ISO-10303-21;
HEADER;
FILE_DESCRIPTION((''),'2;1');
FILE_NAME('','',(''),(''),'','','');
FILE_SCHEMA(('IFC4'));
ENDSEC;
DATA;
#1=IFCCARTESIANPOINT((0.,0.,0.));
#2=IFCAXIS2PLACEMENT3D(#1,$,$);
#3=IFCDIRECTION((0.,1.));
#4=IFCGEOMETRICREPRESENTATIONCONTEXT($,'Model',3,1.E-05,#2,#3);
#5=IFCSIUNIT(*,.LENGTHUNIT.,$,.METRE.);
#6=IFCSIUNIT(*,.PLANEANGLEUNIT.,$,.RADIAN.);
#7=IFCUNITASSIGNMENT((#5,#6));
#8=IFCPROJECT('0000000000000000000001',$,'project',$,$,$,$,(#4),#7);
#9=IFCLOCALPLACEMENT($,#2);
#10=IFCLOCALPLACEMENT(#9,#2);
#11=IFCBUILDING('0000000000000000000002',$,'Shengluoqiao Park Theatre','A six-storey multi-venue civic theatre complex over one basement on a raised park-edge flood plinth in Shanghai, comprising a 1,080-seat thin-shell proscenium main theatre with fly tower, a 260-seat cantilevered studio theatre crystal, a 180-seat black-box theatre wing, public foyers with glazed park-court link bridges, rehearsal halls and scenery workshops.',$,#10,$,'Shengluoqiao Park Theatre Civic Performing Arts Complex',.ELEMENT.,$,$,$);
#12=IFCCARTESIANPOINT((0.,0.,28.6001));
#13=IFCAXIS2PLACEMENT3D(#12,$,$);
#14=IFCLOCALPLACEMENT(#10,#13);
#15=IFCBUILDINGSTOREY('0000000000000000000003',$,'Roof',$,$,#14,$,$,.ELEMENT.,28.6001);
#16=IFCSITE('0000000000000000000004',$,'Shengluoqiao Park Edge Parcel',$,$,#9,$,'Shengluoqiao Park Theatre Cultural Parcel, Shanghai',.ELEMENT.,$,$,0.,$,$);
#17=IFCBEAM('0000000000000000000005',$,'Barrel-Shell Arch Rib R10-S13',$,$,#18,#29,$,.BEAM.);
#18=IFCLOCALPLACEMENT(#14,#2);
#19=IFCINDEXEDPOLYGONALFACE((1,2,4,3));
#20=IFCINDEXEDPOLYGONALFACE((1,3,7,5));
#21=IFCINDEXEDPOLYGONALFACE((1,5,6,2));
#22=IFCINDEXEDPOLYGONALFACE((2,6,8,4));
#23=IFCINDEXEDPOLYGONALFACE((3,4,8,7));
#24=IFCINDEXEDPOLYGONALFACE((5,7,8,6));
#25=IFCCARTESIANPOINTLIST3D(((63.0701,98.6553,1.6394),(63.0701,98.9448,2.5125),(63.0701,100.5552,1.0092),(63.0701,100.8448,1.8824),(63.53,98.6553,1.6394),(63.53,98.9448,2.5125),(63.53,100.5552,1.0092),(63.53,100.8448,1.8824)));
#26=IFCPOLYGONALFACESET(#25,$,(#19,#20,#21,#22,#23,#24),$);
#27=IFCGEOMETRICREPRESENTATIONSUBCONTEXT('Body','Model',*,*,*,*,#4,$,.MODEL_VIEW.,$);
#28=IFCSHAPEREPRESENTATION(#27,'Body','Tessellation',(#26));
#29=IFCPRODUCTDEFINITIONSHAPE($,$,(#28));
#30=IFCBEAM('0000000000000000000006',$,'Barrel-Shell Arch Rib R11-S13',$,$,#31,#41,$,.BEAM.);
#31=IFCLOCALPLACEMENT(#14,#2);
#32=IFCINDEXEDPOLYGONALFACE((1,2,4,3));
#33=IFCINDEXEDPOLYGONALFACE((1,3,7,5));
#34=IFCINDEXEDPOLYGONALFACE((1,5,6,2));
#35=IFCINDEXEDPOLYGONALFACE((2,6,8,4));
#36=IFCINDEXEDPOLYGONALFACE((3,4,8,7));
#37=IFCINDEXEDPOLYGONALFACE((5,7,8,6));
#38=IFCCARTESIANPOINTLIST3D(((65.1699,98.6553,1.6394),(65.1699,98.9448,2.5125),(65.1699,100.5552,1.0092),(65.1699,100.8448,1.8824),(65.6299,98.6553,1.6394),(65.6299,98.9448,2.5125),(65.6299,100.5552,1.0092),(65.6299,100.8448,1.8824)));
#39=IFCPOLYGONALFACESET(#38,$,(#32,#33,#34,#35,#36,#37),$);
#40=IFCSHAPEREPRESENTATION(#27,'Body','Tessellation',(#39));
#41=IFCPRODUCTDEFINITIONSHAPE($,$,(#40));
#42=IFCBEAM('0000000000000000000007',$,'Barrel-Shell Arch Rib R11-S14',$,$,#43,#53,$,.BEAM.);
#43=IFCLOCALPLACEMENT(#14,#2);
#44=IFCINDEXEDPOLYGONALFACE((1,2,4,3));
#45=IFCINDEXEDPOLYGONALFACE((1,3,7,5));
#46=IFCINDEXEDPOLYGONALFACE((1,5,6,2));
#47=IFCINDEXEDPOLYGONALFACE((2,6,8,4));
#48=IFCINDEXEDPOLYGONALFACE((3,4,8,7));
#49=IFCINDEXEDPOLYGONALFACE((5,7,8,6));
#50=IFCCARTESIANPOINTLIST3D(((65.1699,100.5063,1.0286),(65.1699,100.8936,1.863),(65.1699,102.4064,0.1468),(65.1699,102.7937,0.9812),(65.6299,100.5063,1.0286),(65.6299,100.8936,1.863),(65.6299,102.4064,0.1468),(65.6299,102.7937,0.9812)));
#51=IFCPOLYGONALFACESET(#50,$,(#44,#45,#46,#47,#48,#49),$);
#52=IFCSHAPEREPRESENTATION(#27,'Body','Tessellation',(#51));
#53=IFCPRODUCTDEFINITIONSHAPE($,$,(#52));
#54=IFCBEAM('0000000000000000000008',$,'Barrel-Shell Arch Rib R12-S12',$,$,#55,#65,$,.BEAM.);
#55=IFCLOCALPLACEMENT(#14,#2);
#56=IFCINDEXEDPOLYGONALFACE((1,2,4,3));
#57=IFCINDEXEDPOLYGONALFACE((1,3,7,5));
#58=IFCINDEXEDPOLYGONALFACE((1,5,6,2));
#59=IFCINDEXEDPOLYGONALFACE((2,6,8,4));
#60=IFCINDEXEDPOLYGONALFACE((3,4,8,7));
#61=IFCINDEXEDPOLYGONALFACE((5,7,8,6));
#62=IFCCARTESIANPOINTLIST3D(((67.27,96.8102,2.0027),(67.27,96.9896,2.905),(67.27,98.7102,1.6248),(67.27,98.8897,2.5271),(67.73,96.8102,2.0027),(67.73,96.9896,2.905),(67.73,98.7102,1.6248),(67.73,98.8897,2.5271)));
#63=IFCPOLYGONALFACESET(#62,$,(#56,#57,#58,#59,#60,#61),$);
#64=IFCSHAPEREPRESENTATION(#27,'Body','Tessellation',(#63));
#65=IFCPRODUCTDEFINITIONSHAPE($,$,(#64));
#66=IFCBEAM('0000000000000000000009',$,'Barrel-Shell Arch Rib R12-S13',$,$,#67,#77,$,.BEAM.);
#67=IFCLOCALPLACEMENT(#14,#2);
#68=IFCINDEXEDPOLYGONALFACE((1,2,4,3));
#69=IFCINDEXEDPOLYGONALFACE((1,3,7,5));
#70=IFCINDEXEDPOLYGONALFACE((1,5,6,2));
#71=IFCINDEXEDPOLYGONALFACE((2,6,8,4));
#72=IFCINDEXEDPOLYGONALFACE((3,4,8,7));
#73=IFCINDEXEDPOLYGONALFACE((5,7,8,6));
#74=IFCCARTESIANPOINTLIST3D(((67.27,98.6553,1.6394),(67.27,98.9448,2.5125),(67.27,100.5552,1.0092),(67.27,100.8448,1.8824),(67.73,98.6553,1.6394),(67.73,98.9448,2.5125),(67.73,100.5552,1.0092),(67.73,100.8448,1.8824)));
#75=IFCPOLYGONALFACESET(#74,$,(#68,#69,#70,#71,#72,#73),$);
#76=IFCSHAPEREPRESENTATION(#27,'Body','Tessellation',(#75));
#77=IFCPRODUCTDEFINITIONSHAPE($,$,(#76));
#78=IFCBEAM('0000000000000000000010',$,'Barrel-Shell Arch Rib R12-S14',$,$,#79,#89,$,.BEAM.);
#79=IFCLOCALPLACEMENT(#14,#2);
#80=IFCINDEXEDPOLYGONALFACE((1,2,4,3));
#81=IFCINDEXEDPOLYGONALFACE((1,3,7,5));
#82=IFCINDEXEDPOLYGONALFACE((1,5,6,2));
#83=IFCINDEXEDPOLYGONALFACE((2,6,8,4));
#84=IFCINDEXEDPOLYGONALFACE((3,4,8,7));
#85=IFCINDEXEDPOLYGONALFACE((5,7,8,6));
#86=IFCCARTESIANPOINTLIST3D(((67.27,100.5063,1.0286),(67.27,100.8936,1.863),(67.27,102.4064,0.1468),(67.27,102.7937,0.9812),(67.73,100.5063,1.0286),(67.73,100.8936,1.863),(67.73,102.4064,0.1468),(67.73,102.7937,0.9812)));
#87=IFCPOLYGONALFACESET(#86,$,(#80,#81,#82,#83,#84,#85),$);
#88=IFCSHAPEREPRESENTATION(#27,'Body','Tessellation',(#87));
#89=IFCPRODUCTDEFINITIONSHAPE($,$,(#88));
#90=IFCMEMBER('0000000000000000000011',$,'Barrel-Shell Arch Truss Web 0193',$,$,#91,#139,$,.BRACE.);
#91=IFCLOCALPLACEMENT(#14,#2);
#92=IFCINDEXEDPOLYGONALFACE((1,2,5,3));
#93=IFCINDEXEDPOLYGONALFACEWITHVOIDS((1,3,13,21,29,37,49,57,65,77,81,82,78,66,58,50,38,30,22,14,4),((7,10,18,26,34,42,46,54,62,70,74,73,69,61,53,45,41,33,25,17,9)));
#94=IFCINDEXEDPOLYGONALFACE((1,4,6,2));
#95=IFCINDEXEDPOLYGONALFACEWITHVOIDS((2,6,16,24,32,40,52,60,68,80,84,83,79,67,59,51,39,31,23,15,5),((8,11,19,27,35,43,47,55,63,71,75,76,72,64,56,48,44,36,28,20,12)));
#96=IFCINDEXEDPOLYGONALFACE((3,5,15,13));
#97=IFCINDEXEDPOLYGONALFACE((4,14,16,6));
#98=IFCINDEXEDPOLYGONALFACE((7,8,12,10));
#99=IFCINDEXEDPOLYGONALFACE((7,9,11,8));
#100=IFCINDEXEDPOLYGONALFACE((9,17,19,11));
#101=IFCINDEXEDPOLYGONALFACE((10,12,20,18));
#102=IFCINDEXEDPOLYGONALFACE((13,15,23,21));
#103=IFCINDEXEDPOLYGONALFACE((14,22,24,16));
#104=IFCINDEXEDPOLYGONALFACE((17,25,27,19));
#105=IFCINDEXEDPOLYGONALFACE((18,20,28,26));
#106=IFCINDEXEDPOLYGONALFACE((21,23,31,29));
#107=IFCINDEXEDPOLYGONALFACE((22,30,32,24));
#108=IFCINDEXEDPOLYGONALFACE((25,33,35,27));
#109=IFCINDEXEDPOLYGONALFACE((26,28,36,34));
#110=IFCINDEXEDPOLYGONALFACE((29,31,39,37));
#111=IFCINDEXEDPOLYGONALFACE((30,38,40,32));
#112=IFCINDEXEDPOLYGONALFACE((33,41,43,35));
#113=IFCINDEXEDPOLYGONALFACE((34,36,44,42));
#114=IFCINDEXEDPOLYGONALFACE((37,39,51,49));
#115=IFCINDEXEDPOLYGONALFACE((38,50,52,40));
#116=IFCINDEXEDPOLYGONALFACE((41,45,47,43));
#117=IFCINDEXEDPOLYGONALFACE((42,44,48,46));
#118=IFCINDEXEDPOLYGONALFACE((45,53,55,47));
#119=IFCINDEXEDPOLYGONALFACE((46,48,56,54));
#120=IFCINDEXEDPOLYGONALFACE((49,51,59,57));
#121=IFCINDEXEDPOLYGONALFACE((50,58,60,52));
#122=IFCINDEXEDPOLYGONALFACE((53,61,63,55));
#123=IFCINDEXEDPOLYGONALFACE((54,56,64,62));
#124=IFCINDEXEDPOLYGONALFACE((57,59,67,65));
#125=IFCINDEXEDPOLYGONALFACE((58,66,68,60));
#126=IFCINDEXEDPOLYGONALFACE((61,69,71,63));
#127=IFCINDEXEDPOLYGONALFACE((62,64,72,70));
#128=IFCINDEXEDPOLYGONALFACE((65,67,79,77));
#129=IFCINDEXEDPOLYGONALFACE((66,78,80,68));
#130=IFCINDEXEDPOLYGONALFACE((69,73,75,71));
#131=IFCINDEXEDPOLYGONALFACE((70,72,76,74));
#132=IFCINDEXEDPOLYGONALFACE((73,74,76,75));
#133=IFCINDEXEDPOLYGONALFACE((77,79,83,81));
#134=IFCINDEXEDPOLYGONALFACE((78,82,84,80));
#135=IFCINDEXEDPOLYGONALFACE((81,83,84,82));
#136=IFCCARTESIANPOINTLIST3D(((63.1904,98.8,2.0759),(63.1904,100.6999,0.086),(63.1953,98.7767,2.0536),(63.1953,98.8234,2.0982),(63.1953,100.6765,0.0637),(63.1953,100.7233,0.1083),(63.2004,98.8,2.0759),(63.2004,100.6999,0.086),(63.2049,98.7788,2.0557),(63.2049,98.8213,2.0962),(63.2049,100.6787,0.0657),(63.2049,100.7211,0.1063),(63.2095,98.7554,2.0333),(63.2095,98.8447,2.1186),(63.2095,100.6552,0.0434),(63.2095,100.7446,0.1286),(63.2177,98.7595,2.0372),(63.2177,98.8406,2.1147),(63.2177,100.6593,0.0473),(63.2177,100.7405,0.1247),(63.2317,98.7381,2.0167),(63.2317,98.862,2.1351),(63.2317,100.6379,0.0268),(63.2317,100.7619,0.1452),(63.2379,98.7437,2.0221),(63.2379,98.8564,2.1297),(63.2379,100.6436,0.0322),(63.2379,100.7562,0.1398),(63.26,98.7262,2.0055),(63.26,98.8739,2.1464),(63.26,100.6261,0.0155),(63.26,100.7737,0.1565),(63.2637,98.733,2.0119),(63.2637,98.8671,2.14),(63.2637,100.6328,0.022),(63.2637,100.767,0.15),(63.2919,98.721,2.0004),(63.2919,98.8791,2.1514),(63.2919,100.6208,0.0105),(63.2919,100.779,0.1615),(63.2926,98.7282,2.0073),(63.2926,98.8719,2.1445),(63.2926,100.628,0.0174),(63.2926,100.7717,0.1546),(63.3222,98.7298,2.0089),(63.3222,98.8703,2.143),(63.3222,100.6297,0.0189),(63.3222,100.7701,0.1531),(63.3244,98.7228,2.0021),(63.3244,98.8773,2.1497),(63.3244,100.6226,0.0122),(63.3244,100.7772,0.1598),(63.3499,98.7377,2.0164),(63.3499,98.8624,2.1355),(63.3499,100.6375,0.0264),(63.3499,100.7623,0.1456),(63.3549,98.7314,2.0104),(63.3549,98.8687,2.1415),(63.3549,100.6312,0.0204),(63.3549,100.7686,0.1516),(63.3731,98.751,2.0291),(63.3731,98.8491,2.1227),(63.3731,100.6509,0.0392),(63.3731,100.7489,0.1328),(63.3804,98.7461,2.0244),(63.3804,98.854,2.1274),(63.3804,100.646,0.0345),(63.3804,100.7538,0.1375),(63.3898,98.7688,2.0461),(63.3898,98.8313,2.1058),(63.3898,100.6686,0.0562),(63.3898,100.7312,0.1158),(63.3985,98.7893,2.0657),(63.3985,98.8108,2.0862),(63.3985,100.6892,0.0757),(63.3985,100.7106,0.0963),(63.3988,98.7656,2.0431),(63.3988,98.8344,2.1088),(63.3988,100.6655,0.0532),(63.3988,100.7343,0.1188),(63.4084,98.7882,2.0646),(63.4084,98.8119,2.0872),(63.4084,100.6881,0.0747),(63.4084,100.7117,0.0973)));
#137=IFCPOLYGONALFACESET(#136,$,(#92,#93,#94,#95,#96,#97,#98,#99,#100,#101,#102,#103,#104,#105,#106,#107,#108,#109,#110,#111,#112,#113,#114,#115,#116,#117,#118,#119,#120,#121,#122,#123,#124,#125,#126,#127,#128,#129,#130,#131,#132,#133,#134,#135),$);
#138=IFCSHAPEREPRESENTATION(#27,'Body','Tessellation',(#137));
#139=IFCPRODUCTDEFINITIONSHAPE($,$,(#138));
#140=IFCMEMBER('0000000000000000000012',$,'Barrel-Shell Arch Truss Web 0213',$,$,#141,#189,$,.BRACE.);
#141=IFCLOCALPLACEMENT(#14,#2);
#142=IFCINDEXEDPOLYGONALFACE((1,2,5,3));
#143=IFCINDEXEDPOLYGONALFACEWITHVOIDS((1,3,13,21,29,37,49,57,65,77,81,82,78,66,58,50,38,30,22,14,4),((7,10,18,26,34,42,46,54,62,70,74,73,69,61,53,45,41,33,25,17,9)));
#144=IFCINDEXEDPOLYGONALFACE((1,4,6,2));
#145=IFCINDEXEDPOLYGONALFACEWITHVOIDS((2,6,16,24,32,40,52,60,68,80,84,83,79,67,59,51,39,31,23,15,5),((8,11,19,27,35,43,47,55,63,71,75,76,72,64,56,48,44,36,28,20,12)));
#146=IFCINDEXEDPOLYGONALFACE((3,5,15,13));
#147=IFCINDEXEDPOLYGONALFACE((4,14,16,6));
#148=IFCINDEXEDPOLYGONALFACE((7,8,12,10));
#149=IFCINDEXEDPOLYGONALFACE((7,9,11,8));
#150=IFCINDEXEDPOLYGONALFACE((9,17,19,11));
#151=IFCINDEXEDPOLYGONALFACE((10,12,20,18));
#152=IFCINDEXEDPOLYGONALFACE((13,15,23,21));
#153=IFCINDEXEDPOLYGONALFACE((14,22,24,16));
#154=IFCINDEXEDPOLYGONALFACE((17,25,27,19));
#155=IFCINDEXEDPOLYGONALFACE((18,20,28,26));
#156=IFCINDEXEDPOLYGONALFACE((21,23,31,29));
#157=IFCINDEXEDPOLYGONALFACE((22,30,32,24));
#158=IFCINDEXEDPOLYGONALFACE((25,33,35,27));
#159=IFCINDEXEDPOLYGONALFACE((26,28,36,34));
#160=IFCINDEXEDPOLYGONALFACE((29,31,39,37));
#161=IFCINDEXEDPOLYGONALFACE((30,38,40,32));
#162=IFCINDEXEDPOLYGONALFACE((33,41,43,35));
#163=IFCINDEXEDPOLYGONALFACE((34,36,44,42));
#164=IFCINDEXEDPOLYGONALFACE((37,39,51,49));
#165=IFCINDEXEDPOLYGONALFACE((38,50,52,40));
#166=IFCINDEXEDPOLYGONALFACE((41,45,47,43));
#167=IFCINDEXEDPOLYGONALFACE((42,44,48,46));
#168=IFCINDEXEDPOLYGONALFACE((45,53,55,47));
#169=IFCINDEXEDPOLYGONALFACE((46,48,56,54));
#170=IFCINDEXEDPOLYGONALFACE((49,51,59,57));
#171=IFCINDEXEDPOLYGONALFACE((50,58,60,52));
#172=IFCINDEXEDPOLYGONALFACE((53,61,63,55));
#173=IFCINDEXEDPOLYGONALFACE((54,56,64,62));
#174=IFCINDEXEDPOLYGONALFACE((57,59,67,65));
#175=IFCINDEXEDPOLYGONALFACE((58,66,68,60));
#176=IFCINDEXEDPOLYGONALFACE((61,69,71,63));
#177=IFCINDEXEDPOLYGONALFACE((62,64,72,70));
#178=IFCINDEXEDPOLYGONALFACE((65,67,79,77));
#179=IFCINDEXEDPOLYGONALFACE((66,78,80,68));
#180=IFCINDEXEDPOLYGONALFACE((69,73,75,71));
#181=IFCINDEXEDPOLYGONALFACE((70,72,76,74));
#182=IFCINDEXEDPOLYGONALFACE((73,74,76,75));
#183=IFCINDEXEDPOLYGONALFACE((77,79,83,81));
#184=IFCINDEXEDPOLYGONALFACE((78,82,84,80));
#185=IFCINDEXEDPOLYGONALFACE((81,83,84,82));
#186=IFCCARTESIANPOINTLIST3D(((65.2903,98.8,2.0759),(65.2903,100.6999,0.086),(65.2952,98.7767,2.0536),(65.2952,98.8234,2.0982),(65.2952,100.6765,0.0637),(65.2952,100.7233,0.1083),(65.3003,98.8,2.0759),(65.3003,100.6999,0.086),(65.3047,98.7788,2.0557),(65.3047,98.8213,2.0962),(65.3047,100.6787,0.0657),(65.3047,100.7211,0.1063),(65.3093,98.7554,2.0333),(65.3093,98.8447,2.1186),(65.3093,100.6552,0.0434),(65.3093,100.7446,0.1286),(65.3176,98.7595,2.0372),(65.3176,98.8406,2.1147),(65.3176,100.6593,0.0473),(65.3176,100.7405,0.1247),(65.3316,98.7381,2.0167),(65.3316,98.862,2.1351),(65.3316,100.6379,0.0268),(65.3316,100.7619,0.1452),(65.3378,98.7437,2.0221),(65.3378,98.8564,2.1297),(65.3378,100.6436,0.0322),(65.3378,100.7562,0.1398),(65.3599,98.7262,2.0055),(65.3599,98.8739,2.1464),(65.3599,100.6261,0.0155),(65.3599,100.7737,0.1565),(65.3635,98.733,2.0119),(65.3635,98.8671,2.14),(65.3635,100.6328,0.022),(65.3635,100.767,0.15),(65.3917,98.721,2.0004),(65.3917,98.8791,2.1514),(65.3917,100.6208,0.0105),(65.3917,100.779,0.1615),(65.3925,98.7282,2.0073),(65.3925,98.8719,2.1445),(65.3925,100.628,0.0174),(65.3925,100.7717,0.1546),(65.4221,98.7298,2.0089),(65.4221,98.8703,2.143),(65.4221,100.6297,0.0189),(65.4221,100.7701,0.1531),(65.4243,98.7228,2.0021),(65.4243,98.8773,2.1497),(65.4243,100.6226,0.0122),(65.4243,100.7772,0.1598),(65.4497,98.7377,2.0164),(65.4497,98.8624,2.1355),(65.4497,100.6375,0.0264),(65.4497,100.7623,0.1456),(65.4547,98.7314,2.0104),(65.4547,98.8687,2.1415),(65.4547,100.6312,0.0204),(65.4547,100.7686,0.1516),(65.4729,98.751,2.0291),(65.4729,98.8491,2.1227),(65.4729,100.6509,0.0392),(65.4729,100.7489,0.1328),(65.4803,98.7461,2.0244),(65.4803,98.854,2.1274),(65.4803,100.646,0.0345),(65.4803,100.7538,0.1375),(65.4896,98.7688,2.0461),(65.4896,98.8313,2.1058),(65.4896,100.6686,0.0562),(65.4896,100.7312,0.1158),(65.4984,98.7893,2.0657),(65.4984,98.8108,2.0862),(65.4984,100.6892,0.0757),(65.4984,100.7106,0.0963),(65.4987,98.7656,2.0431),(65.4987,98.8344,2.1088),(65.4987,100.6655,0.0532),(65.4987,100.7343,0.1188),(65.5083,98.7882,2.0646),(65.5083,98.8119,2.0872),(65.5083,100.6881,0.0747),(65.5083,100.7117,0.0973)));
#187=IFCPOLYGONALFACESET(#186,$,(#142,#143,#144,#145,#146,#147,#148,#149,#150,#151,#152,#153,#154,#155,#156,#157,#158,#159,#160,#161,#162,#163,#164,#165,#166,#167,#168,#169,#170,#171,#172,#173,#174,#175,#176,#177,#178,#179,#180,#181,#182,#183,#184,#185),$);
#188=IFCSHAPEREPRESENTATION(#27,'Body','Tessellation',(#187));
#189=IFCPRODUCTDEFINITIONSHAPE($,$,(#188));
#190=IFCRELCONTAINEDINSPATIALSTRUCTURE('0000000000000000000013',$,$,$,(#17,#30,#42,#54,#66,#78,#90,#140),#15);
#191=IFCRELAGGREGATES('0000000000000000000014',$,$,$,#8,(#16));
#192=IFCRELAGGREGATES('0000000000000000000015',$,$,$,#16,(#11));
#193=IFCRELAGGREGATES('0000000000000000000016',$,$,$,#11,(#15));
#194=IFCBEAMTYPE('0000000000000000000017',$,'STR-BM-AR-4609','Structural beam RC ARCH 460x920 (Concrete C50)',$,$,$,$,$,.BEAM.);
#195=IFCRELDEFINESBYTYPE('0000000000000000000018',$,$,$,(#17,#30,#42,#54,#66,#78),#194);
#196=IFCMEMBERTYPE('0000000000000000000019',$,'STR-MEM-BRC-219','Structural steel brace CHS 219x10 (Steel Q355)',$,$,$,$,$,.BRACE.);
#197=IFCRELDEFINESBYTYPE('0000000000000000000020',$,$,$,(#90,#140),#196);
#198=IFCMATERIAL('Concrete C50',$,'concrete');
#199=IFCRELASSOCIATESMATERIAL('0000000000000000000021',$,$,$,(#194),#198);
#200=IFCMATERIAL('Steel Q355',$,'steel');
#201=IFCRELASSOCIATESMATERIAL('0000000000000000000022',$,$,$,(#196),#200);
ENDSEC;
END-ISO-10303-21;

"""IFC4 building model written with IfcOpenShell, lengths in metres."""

from ifc_helpers import new_model, si_unit, direction, frame, origin, origin_2d, place, context, subcontext, project, spatial, rectangle, hollow_circle, extrude, material, material_profile, profile_set, type_object, element, save


model = new_model("IFC4")

# Units and contexts
model_context = context("Model", 3, precision=1e-05, world=origin(), true_north=direction((0.0, 1.0)))
body_context = subcontext(model_context, "Body", "Model", "MODEL_VIEW")
ifc_project = project(units=[si_unit("LENGTHUNIT", "METRE"), si_unit("PLANEANGLEUNIT", "RADIAN")], contexts=[model_context])

# Site, building, storey
site_placement = place(None, origin())
site = spatial("IfcSite", under=ifc_project, at=site_placement, Name="Shengluoqiao Park Edge Parcel", LongName="Shengluoqiao Park Theatre Cultural Parcel, Shanghai", CompositionType="ELEMENT", RefElevation=0.0)
building_placement = place(site_placement, origin())
building = spatial("IfcBuilding", under=site, at=building_placement, Name="Shengluoqiao Park Theatre", Description="A six-storey multi-venue civic theatre complex over one basement on a raised park-edge flood plinth in Shanghai, comprising a 1,080-seat thin-shell proscenium main theatre with fly tower, a 260-seat cantilevered studio theatre crystal, a 180-seat black-box theatre wing, public foyers with glazed park-court link bridges, rehearsal halls and scenery workshops.", LongName="Shengluoqiao Park Theatre Civic Performing Arts Complex", CompositionType="ELEMENT")
storey_placement = place(building_placement, frame((0.0, 0.0, 28.6001)))
storey = spatial("IfcBuildingStorey", under=building, at=storey_placement, Name="Roof", CompositionType="ELEMENT", Elevation=28.6001)

# Beams
ifc_material_1 = material(Name="Concrete C50", Category="concrete")
ifc_material_profile_1 = material_profile(ifc_material_1, rectangle(XDim=0.46, YDim=0.9199, at=origin_2d()), Name="RC ARCH 460x920")
ifc_profile_set_1 = profile_set([ifc_material_profile_1], Name="Concrete C50")
beam_type = type_object("IfcBeamType", Name="STR-BM-AR-4609", Description="Structural beam RC ARCH 460x920 (Concrete C50)", PredefinedType="BEAM", material=ifc_profile_set_1)
for number, where, z_axis, x_axis, name in (
    (1, (63.3, 98.8, 2.0759), (0.0, 0.949158, -0.3148), (-1.0, 0.0, 0.0), "Barrel-Shell Arch Rib R10-S13"),
    (2, (65.3999, 98.8, 2.0759), (0.0, 0.949158, -0.3148), (-1.0, 0.0, 0.0), "Barrel-Shell Arch Rib R11-S13"),
):
    element("IfcBeam", number, at=place(storey_placement, frame(where, z_axis=z_axis, x_axis=x_axis)), inside=storey, type_object=beam_type, Name=name, PredefinedType="BEAM", context=body_context, shape_type="SweptSolid", body=[
        extrude(rectangle(XDim=0.46, YDim=0.9199, at=origin_2d()), origin(), (0.0, 0.0, 1.0), 2.0017),
    ])
beam_1_placement = place(storey_placement, frame((65.3999, 100.7, 1.4458), z_axis=(0.0, 0.907077, -0.420964), x_axis=(-1.0, 0.0, 0.0)))
element("IfcBeam", 3, at=beam_1_placement, inside=storey, type_object=beam_type, Name="Barrel-Shell Arch Rib R11-S14", PredefinedType="BEAM", context=body_context, shape_type="SweptSolid", body=[
    extrude(rectangle(XDim=0.46, YDim=0.9199, at=origin_2d()), origin(), (0.0, 0.0, 1.0), 2.0947),
])
beam_2_placement = place(storey_placement, frame((67.5, 96.8999, 2.4539), z_axis=(0.0, 0.980789, -0.195074), x_axis=(-1.0, 0.0, 0.0)))
element("IfcBeam", 4, at=beam_2_placement, inside=storey, type_object=beam_type, Name="Barrel-Shell Arch Rib R12-S12", PredefinedType="BEAM", context=body_context, shape_type="SweptSolid", body=[
    extrude(rectangle(XDim=0.46, YDim=0.9199, at=origin_2d()), origin(), (0.0, 0.0, 1.0), 1.9373),
])
beam_3_placement = place(storey_placement, frame((67.5, 98.8, 2.0759), z_axis=(0.0, 0.949158, -0.3148), x_axis=(-1.0, 0.0, 0.0)))
element("IfcBeam", 5, at=beam_3_placement, inside=storey, type_object=beam_type, Name="Barrel-Shell Arch Rib R12-S13", PredefinedType="BEAM", context=body_context, shape_type="SweptSolid", body=[
    extrude(rectangle(XDim=0.46, YDim=0.9199, at=origin_2d()), origin(), (0.0, 0.0, 1.0), 2.0017),
])
beam_4_placement = place(storey_placement, frame((67.5, 100.7, 1.4458), z_axis=(0.0, 0.907077, -0.420964), x_axis=(-1.0, 0.0, 0.0)))
element("IfcBeam", 6, at=beam_4_placement, inside=storey, type_object=beam_type, Name="Barrel-Shell Arch Rib R12-S14", PredefinedType="BEAM", context=body_context, shape_type="SweptSolid", body=[
    extrude(rectangle(XDim=0.46, YDim=0.9199, at=origin_2d()), origin(), (0.0, 0.0, 1.0), 2.0947),
])

# Members
ifc_material_2 = material(Name="Steel Q355", Category="steel")
ifc_material_profile_2 = material_profile(ifc_material_2, hollow_circle(Radius=0.1096, WallThickness=0.01, at=origin_2d()), Name="CHS 219x10")
ifc_profile_set_2 = profile_set([ifc_material_profile_2], Name="Steel Q355")
member_type_1 = type_object("IfcMemberType", Name="STR-MEM-BRC-219", Description="Structural steel brace CHS 219x10 (Steel Q355)", PredefinedType="BRACE", material=ifc_profile_set_2)
for number, where, z_axis, x_axis, name in (
    (7, (63.3, 98.8, 2.0759), (0.0, 0.690545, -0.723289), (-1.0, 0.0, 0.0), "Barrel-Shell Arch Truss Web 0193"),
    (8, (65.3999, 98.8, 2.0759), (0.0, 0.690545, -0.723289), (-1.0, 0.0, 0.0), "Barrel-Shell Arch Truss Web 0213"),
):
    element("IfcMember", number, at=place(storey_placement, frame(where, z_axis=z_axis, x_axis=x_axis)), inside=storey, type_object=member_type_1, Name=name, PredefinedType="BRACE", context=body_context, shape_type="SweptSolid", body=[
        extrude(hollow_circle(Radius=0.1096, WallThickness=0.01, at=origin_2d()), origin(), (0.0, 0.0, 1.0), 2.7512),
    ])

save(model, "model.ifc")
